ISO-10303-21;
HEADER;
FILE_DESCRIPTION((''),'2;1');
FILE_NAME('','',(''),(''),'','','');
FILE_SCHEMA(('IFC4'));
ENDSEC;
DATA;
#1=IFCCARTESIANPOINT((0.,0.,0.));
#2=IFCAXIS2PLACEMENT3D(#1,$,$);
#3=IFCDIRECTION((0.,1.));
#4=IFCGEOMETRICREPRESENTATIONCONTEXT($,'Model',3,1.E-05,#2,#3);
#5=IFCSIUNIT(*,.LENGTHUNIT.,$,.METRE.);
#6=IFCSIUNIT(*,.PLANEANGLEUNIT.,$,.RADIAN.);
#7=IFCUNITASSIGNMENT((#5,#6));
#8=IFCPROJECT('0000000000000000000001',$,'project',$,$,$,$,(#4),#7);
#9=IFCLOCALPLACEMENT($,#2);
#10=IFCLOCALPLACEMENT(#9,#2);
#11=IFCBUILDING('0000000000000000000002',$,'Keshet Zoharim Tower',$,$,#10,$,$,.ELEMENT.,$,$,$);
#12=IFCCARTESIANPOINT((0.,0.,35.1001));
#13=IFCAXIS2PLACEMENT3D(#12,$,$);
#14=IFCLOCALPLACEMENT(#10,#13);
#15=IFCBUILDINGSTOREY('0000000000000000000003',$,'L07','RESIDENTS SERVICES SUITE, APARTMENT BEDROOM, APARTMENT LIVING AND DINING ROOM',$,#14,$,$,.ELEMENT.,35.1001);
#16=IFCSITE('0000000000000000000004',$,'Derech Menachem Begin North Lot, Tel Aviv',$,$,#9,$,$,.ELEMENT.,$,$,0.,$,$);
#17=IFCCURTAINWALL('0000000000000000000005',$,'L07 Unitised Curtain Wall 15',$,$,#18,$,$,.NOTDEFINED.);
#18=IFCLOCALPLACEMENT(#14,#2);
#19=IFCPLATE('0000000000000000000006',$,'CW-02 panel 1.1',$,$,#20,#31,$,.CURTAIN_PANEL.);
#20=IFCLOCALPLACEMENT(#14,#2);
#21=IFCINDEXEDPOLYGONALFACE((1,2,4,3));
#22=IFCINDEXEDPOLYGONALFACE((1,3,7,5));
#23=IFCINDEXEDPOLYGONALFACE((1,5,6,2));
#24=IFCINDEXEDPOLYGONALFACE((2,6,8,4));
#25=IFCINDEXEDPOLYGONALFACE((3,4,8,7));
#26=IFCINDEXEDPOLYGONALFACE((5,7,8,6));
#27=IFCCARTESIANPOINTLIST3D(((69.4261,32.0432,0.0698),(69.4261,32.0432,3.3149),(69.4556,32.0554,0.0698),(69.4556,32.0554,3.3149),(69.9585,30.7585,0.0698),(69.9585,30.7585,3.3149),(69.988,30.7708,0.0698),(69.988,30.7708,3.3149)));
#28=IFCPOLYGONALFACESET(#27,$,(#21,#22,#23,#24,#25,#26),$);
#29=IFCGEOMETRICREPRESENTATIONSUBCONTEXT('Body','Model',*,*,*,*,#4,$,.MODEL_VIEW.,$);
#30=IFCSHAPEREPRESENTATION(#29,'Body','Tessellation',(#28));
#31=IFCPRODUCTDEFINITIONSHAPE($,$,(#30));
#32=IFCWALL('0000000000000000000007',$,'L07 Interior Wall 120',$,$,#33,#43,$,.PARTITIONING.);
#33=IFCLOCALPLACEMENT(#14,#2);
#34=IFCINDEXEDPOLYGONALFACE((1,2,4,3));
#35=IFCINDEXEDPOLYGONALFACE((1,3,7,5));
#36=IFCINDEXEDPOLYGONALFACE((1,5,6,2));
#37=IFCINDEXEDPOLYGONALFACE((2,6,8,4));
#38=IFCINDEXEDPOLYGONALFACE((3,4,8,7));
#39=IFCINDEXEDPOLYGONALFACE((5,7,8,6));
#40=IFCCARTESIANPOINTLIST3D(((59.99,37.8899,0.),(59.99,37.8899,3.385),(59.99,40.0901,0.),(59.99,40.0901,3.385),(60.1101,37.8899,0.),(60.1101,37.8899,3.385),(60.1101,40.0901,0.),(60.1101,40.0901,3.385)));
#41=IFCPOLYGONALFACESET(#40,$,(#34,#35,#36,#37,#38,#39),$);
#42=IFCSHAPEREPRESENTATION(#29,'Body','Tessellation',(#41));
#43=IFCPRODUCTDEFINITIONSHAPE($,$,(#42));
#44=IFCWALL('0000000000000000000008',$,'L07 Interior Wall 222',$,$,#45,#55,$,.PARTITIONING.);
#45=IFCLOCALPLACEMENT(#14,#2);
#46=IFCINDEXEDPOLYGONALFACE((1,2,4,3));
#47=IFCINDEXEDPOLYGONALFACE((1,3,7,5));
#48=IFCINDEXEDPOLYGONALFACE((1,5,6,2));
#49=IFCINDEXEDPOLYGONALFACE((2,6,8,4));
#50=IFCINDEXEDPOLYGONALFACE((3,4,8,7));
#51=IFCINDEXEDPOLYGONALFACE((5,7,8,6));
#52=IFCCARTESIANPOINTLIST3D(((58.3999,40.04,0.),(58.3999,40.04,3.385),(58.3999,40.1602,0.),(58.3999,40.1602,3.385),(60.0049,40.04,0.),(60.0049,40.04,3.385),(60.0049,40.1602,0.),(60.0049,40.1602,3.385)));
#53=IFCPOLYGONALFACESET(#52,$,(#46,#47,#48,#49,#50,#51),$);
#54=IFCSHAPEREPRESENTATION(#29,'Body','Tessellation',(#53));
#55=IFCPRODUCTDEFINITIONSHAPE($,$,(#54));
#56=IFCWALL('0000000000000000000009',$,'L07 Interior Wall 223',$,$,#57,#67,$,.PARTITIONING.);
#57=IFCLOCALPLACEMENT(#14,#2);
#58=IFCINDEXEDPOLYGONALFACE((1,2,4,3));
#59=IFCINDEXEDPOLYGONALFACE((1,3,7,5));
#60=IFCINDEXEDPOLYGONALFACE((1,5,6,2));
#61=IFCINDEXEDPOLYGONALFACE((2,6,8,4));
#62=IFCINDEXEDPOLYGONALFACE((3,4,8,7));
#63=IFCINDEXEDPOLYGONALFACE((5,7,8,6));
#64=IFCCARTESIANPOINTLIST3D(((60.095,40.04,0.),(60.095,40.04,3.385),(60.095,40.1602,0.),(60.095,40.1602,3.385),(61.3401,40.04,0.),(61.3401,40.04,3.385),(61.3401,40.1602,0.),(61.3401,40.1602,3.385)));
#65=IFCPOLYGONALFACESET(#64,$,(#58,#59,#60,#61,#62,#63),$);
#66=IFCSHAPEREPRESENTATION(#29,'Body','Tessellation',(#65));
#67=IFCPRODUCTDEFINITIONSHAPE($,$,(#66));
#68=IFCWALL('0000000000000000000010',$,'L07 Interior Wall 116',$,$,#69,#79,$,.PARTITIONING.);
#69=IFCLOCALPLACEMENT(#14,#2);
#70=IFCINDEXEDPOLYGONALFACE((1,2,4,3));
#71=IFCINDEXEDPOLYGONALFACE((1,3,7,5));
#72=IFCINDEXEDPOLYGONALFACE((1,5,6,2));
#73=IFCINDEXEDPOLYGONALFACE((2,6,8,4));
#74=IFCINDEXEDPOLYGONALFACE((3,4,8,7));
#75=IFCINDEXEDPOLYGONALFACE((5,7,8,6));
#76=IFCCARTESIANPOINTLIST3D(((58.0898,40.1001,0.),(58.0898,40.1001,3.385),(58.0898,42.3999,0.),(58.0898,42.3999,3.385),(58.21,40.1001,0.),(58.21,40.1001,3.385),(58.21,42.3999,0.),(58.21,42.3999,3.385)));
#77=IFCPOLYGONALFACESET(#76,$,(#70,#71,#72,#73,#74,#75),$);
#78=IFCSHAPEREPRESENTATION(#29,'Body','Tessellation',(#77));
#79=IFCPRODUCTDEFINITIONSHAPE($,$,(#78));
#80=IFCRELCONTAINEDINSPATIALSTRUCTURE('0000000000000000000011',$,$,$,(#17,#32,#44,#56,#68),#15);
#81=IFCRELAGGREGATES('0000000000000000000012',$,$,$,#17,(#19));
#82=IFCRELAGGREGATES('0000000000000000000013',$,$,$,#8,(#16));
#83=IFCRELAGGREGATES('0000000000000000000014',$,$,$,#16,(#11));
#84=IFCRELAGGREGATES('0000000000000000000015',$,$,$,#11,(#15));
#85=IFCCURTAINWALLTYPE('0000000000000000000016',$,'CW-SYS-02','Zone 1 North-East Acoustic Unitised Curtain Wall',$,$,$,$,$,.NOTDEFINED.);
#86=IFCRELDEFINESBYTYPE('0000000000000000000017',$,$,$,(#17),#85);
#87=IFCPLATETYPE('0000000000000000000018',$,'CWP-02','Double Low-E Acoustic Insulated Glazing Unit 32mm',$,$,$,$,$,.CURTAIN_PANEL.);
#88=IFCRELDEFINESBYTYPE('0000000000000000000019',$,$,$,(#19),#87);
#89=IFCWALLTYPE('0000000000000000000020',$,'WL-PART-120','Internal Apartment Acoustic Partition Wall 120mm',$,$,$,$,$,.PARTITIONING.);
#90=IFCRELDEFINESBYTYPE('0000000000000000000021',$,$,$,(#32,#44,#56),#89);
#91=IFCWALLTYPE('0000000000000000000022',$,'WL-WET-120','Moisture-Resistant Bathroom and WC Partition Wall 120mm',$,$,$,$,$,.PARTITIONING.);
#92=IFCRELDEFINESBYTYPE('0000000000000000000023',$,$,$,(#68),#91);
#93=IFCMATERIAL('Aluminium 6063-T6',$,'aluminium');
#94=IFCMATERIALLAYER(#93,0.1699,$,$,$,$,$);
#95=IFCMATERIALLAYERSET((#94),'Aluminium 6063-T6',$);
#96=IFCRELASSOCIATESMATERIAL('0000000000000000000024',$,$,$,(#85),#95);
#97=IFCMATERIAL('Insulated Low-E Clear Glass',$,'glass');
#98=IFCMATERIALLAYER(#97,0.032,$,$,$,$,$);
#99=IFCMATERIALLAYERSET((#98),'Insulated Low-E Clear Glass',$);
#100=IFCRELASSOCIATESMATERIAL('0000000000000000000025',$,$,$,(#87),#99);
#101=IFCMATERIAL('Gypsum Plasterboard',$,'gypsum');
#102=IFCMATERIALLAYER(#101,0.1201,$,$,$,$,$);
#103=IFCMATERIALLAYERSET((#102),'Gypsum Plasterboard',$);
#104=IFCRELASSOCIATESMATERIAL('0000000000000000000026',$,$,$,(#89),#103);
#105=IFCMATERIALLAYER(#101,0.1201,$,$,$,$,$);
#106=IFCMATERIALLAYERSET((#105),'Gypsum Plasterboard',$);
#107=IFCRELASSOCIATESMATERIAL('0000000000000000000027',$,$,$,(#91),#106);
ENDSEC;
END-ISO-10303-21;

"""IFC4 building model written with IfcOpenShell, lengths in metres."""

from ifc_helpers import new_model, si_unit, direction, frame, frame_2d, origin, origin_2d, place, context, subcontext, project, spatial, rectangle, extrude, material, layer, layer_set, type_object, element, aggregate, save


model = new_model("IFC4")

# Units and contexts
model_context = context("Model", 3, precision=1e-05, world=origin(), true_north=direction((0.0, 1.0)))
body_context = subcontext(model_context, "Body", "Model", "MODEL_VIEW")
ifc_project = project(units=[si_unit("LENGTHUNIT", "METRE"), si_unit("PLANEANGLEUNIT", "RADIAN")], contexts=[model_context])

# Site, building, storey
site_placement = place(None, origin())
site = spatial("IfcSite", under=ifc_project, at=site_placement, Name="Derech Menachem Begin North Lot, Tel Aviv", CompositionType="ELEMENT", RefElevation=0.0)
building_placement = place(site_placement, origin())
building = spatial("IfcBuilding", under=site, at=building_placement, Name="Keshet Zoharim Tower", CompositionType="ELEMENT")
storey_placement = place(building_placement, frame((0.0, 0.0, 35.1001)))
storey = spatial("IfcBuildingStorey", under=building, at=storey_placement, Name="L07", Description="RESIDENTS SERVICES SUITE, APARTMENT BEDROOM, APARTMENT LIVING AND DINING ROOM", CompositionType="ELEMENT", Elevation=35.1001)

# Shared definitions
ifc_material_1 = material(Name="Aluminium 6063-T6", Category="aluminium")
ifc_layer_1 = layer(ifc_material_1, 0.1699)
ifc_layer_set_1 = layer_set([ifc_layer_1], Name="Aluminium 6063-T6")
curtain_wall_type_1 = type_object("IfcCurtainWallType", Name="CW-SYS-02", Description="Zone 1 North-East Acoustic Unitised Curtain Wall", PredefinedType="NOTDEFINED", material=ifc_layer_set_1)

# Curtain wall
curtain_wall_1_placement = place(storey_placement, origin())
curtain_wall_1 = element("IfcCurtainWall", 1, at=curtain_wall_1_placement, inside=storey, type_object=curtain_wall_type_1, Name="L07 Unitised Curtain Wall 15", PredefinedType="NOTDEFINED")

# Plate
ifc_material_2 = material(Name="Insulated Low-E Clear Glass", Category="glass")
ifc_layer_2 = layer(ifc_material_2, 0.032)
ifc_layer_set_2 = layer_set([ifc_layer_2], Name="Insulated Low-E Clear Glass")
plate_type_1 = type_object("IfcPlateType", Name="CWP-02", Description="Double Low-E Acoustic Insulated Glazing Unit 32mm", PredefinedType="CURTAIN_PANEL", material=ifc_layer_set_2)
plate_1_placement = place(storey_placement, frame((69.707, 31.407, 0.0698), z_axis=(0.0, 0.0, 1.0), x_axis=(0.382852, -0.92381, 0.0)))
plate_1 = element("IfcPlate", 2, at=plate_1_placement, type_object=plate_type_1, Name="CW-02 panel 1.1", PredefinedType="CURTAIN_PANEL", context=body_context, shape_type="SweptSolid", body=[
    extrude(rectangle(XDim=1.3906, YDim=0.032, at=origin_2d()), origin(), (0.0, 0.0, 1.0), 3.2451),
])
aggregate(curtain_wall_1, [plate_1])

# Walls
ifc_material_3 = material(Name="Gypsum Plasterboard", Category="gypsum")
ifc_layer_3 = layer(ifc_material_3, 0.1201)
ifc_layer_set_3 = layer_set([ifc_layer_3], Name="Gypsum Plasterboard")
wall_type_1 = type_object("IfcWallType", Name="WL-PART-120", Description="Internal Apartment Acoustic Partition Wall 120mm", PredefinedType="PARTITIONING", material=ifc_layer_set_3)
wall_1_placement = place(storey_placement, frame((60.05, 37.8899, 0.0), z_axis=(0.0, 0.0, 1.0), x_axis=(0.0, 1.0, 0.0)))
element("IfcWall", 3, at=wall_1_placement, inside=storey, type_object=wall_type_1, Name="L07 Interior Wall 120", PredefinedType="PARTITIONING", context=body_context, shape_type="SweptSolid", body=[
    extrude(rectangle(XDim=2.2002, YDim=0.1201, at=frame_2d((1.1001, 0.0))), origin(), (0.0, 0.0, 1.0), 3.385),
])
wall_2_placement = place(storey_placement, frame((58.3999, 40.1001, 0.0), z_axis=(0.0, 0.0, 1.0), x_axis=(1.0, 0.0, 0.0)))
element("IfcWall", 4, at=wall_2_placement, inside=storey, type_object=wall_type_1, Name="L07 Interior Wall 222", PredefinedType="PARTITIONING", context=body_context, shape_type="SweptSolid", body=[
    extrude(rectangle(XDim=1.605, YDim=0.1201, at=frame_2d((0.8025, 0.0))), origin(), (0.0, 0.0, 1.0), 3.385),
])
wall_3_placement = place(storey_placement, frame((60.095, 40.1001, 0.0), z_axis=(0.0, 0.0, 1.0), x_axis=(1.0, 0.0, 0.0)))
element("IfcWall", 5, at=wall_3_placement, inside=storey, type_object=wall_type_1, Name="L07 Interior Wall 223", PredefinedType="PARTITIONING", context=body_context, shape_type="SweptSolid", body=[
    extrude(rectangle(XDim=1.2451, YDim=0.1201, at=frame_2d((0.6226, 0.0))), origin(), (0.0, 0.0, 1.0), 3.385),
])
ifc_layer_4 = layer(ifc_material_3, 0.1201)
ifc_layer_set_4 = layer_set([ifc_layer_4], Name="Gypsum Plasterboard")
wall_type_2 = type_object("IfcWallType", Name="WL-WET-120", Description="Moisture-Resistant Bathroom and WC Partition Wall 120mm", PredefinedType="PARTITIONING", material=ifc_layer_set_4)
wall_4_placement = place(storey_placement, frame((58.1499, 40.1001, 0.0), z_axis=(0.0, 0.0, 1.0), x_axis=(0.0, 1.0, 0.0)))
element("IfcWall", 6, at=wall_4_placement, inside=storey, type_object=wall_type_2, Name="L07 Interior Wall 116", PredefinedType="PARTITIONING", context=body_context, shape_type="SweptSolid", body=[
    extrude(rectangle(XDim=2.2998, YDim=0.1201, at=frame_2d((1.1499, 0.0))), origin(), (0.0, 0.0, 1.0), 3.385),
])

save(model, "model.ifc")
